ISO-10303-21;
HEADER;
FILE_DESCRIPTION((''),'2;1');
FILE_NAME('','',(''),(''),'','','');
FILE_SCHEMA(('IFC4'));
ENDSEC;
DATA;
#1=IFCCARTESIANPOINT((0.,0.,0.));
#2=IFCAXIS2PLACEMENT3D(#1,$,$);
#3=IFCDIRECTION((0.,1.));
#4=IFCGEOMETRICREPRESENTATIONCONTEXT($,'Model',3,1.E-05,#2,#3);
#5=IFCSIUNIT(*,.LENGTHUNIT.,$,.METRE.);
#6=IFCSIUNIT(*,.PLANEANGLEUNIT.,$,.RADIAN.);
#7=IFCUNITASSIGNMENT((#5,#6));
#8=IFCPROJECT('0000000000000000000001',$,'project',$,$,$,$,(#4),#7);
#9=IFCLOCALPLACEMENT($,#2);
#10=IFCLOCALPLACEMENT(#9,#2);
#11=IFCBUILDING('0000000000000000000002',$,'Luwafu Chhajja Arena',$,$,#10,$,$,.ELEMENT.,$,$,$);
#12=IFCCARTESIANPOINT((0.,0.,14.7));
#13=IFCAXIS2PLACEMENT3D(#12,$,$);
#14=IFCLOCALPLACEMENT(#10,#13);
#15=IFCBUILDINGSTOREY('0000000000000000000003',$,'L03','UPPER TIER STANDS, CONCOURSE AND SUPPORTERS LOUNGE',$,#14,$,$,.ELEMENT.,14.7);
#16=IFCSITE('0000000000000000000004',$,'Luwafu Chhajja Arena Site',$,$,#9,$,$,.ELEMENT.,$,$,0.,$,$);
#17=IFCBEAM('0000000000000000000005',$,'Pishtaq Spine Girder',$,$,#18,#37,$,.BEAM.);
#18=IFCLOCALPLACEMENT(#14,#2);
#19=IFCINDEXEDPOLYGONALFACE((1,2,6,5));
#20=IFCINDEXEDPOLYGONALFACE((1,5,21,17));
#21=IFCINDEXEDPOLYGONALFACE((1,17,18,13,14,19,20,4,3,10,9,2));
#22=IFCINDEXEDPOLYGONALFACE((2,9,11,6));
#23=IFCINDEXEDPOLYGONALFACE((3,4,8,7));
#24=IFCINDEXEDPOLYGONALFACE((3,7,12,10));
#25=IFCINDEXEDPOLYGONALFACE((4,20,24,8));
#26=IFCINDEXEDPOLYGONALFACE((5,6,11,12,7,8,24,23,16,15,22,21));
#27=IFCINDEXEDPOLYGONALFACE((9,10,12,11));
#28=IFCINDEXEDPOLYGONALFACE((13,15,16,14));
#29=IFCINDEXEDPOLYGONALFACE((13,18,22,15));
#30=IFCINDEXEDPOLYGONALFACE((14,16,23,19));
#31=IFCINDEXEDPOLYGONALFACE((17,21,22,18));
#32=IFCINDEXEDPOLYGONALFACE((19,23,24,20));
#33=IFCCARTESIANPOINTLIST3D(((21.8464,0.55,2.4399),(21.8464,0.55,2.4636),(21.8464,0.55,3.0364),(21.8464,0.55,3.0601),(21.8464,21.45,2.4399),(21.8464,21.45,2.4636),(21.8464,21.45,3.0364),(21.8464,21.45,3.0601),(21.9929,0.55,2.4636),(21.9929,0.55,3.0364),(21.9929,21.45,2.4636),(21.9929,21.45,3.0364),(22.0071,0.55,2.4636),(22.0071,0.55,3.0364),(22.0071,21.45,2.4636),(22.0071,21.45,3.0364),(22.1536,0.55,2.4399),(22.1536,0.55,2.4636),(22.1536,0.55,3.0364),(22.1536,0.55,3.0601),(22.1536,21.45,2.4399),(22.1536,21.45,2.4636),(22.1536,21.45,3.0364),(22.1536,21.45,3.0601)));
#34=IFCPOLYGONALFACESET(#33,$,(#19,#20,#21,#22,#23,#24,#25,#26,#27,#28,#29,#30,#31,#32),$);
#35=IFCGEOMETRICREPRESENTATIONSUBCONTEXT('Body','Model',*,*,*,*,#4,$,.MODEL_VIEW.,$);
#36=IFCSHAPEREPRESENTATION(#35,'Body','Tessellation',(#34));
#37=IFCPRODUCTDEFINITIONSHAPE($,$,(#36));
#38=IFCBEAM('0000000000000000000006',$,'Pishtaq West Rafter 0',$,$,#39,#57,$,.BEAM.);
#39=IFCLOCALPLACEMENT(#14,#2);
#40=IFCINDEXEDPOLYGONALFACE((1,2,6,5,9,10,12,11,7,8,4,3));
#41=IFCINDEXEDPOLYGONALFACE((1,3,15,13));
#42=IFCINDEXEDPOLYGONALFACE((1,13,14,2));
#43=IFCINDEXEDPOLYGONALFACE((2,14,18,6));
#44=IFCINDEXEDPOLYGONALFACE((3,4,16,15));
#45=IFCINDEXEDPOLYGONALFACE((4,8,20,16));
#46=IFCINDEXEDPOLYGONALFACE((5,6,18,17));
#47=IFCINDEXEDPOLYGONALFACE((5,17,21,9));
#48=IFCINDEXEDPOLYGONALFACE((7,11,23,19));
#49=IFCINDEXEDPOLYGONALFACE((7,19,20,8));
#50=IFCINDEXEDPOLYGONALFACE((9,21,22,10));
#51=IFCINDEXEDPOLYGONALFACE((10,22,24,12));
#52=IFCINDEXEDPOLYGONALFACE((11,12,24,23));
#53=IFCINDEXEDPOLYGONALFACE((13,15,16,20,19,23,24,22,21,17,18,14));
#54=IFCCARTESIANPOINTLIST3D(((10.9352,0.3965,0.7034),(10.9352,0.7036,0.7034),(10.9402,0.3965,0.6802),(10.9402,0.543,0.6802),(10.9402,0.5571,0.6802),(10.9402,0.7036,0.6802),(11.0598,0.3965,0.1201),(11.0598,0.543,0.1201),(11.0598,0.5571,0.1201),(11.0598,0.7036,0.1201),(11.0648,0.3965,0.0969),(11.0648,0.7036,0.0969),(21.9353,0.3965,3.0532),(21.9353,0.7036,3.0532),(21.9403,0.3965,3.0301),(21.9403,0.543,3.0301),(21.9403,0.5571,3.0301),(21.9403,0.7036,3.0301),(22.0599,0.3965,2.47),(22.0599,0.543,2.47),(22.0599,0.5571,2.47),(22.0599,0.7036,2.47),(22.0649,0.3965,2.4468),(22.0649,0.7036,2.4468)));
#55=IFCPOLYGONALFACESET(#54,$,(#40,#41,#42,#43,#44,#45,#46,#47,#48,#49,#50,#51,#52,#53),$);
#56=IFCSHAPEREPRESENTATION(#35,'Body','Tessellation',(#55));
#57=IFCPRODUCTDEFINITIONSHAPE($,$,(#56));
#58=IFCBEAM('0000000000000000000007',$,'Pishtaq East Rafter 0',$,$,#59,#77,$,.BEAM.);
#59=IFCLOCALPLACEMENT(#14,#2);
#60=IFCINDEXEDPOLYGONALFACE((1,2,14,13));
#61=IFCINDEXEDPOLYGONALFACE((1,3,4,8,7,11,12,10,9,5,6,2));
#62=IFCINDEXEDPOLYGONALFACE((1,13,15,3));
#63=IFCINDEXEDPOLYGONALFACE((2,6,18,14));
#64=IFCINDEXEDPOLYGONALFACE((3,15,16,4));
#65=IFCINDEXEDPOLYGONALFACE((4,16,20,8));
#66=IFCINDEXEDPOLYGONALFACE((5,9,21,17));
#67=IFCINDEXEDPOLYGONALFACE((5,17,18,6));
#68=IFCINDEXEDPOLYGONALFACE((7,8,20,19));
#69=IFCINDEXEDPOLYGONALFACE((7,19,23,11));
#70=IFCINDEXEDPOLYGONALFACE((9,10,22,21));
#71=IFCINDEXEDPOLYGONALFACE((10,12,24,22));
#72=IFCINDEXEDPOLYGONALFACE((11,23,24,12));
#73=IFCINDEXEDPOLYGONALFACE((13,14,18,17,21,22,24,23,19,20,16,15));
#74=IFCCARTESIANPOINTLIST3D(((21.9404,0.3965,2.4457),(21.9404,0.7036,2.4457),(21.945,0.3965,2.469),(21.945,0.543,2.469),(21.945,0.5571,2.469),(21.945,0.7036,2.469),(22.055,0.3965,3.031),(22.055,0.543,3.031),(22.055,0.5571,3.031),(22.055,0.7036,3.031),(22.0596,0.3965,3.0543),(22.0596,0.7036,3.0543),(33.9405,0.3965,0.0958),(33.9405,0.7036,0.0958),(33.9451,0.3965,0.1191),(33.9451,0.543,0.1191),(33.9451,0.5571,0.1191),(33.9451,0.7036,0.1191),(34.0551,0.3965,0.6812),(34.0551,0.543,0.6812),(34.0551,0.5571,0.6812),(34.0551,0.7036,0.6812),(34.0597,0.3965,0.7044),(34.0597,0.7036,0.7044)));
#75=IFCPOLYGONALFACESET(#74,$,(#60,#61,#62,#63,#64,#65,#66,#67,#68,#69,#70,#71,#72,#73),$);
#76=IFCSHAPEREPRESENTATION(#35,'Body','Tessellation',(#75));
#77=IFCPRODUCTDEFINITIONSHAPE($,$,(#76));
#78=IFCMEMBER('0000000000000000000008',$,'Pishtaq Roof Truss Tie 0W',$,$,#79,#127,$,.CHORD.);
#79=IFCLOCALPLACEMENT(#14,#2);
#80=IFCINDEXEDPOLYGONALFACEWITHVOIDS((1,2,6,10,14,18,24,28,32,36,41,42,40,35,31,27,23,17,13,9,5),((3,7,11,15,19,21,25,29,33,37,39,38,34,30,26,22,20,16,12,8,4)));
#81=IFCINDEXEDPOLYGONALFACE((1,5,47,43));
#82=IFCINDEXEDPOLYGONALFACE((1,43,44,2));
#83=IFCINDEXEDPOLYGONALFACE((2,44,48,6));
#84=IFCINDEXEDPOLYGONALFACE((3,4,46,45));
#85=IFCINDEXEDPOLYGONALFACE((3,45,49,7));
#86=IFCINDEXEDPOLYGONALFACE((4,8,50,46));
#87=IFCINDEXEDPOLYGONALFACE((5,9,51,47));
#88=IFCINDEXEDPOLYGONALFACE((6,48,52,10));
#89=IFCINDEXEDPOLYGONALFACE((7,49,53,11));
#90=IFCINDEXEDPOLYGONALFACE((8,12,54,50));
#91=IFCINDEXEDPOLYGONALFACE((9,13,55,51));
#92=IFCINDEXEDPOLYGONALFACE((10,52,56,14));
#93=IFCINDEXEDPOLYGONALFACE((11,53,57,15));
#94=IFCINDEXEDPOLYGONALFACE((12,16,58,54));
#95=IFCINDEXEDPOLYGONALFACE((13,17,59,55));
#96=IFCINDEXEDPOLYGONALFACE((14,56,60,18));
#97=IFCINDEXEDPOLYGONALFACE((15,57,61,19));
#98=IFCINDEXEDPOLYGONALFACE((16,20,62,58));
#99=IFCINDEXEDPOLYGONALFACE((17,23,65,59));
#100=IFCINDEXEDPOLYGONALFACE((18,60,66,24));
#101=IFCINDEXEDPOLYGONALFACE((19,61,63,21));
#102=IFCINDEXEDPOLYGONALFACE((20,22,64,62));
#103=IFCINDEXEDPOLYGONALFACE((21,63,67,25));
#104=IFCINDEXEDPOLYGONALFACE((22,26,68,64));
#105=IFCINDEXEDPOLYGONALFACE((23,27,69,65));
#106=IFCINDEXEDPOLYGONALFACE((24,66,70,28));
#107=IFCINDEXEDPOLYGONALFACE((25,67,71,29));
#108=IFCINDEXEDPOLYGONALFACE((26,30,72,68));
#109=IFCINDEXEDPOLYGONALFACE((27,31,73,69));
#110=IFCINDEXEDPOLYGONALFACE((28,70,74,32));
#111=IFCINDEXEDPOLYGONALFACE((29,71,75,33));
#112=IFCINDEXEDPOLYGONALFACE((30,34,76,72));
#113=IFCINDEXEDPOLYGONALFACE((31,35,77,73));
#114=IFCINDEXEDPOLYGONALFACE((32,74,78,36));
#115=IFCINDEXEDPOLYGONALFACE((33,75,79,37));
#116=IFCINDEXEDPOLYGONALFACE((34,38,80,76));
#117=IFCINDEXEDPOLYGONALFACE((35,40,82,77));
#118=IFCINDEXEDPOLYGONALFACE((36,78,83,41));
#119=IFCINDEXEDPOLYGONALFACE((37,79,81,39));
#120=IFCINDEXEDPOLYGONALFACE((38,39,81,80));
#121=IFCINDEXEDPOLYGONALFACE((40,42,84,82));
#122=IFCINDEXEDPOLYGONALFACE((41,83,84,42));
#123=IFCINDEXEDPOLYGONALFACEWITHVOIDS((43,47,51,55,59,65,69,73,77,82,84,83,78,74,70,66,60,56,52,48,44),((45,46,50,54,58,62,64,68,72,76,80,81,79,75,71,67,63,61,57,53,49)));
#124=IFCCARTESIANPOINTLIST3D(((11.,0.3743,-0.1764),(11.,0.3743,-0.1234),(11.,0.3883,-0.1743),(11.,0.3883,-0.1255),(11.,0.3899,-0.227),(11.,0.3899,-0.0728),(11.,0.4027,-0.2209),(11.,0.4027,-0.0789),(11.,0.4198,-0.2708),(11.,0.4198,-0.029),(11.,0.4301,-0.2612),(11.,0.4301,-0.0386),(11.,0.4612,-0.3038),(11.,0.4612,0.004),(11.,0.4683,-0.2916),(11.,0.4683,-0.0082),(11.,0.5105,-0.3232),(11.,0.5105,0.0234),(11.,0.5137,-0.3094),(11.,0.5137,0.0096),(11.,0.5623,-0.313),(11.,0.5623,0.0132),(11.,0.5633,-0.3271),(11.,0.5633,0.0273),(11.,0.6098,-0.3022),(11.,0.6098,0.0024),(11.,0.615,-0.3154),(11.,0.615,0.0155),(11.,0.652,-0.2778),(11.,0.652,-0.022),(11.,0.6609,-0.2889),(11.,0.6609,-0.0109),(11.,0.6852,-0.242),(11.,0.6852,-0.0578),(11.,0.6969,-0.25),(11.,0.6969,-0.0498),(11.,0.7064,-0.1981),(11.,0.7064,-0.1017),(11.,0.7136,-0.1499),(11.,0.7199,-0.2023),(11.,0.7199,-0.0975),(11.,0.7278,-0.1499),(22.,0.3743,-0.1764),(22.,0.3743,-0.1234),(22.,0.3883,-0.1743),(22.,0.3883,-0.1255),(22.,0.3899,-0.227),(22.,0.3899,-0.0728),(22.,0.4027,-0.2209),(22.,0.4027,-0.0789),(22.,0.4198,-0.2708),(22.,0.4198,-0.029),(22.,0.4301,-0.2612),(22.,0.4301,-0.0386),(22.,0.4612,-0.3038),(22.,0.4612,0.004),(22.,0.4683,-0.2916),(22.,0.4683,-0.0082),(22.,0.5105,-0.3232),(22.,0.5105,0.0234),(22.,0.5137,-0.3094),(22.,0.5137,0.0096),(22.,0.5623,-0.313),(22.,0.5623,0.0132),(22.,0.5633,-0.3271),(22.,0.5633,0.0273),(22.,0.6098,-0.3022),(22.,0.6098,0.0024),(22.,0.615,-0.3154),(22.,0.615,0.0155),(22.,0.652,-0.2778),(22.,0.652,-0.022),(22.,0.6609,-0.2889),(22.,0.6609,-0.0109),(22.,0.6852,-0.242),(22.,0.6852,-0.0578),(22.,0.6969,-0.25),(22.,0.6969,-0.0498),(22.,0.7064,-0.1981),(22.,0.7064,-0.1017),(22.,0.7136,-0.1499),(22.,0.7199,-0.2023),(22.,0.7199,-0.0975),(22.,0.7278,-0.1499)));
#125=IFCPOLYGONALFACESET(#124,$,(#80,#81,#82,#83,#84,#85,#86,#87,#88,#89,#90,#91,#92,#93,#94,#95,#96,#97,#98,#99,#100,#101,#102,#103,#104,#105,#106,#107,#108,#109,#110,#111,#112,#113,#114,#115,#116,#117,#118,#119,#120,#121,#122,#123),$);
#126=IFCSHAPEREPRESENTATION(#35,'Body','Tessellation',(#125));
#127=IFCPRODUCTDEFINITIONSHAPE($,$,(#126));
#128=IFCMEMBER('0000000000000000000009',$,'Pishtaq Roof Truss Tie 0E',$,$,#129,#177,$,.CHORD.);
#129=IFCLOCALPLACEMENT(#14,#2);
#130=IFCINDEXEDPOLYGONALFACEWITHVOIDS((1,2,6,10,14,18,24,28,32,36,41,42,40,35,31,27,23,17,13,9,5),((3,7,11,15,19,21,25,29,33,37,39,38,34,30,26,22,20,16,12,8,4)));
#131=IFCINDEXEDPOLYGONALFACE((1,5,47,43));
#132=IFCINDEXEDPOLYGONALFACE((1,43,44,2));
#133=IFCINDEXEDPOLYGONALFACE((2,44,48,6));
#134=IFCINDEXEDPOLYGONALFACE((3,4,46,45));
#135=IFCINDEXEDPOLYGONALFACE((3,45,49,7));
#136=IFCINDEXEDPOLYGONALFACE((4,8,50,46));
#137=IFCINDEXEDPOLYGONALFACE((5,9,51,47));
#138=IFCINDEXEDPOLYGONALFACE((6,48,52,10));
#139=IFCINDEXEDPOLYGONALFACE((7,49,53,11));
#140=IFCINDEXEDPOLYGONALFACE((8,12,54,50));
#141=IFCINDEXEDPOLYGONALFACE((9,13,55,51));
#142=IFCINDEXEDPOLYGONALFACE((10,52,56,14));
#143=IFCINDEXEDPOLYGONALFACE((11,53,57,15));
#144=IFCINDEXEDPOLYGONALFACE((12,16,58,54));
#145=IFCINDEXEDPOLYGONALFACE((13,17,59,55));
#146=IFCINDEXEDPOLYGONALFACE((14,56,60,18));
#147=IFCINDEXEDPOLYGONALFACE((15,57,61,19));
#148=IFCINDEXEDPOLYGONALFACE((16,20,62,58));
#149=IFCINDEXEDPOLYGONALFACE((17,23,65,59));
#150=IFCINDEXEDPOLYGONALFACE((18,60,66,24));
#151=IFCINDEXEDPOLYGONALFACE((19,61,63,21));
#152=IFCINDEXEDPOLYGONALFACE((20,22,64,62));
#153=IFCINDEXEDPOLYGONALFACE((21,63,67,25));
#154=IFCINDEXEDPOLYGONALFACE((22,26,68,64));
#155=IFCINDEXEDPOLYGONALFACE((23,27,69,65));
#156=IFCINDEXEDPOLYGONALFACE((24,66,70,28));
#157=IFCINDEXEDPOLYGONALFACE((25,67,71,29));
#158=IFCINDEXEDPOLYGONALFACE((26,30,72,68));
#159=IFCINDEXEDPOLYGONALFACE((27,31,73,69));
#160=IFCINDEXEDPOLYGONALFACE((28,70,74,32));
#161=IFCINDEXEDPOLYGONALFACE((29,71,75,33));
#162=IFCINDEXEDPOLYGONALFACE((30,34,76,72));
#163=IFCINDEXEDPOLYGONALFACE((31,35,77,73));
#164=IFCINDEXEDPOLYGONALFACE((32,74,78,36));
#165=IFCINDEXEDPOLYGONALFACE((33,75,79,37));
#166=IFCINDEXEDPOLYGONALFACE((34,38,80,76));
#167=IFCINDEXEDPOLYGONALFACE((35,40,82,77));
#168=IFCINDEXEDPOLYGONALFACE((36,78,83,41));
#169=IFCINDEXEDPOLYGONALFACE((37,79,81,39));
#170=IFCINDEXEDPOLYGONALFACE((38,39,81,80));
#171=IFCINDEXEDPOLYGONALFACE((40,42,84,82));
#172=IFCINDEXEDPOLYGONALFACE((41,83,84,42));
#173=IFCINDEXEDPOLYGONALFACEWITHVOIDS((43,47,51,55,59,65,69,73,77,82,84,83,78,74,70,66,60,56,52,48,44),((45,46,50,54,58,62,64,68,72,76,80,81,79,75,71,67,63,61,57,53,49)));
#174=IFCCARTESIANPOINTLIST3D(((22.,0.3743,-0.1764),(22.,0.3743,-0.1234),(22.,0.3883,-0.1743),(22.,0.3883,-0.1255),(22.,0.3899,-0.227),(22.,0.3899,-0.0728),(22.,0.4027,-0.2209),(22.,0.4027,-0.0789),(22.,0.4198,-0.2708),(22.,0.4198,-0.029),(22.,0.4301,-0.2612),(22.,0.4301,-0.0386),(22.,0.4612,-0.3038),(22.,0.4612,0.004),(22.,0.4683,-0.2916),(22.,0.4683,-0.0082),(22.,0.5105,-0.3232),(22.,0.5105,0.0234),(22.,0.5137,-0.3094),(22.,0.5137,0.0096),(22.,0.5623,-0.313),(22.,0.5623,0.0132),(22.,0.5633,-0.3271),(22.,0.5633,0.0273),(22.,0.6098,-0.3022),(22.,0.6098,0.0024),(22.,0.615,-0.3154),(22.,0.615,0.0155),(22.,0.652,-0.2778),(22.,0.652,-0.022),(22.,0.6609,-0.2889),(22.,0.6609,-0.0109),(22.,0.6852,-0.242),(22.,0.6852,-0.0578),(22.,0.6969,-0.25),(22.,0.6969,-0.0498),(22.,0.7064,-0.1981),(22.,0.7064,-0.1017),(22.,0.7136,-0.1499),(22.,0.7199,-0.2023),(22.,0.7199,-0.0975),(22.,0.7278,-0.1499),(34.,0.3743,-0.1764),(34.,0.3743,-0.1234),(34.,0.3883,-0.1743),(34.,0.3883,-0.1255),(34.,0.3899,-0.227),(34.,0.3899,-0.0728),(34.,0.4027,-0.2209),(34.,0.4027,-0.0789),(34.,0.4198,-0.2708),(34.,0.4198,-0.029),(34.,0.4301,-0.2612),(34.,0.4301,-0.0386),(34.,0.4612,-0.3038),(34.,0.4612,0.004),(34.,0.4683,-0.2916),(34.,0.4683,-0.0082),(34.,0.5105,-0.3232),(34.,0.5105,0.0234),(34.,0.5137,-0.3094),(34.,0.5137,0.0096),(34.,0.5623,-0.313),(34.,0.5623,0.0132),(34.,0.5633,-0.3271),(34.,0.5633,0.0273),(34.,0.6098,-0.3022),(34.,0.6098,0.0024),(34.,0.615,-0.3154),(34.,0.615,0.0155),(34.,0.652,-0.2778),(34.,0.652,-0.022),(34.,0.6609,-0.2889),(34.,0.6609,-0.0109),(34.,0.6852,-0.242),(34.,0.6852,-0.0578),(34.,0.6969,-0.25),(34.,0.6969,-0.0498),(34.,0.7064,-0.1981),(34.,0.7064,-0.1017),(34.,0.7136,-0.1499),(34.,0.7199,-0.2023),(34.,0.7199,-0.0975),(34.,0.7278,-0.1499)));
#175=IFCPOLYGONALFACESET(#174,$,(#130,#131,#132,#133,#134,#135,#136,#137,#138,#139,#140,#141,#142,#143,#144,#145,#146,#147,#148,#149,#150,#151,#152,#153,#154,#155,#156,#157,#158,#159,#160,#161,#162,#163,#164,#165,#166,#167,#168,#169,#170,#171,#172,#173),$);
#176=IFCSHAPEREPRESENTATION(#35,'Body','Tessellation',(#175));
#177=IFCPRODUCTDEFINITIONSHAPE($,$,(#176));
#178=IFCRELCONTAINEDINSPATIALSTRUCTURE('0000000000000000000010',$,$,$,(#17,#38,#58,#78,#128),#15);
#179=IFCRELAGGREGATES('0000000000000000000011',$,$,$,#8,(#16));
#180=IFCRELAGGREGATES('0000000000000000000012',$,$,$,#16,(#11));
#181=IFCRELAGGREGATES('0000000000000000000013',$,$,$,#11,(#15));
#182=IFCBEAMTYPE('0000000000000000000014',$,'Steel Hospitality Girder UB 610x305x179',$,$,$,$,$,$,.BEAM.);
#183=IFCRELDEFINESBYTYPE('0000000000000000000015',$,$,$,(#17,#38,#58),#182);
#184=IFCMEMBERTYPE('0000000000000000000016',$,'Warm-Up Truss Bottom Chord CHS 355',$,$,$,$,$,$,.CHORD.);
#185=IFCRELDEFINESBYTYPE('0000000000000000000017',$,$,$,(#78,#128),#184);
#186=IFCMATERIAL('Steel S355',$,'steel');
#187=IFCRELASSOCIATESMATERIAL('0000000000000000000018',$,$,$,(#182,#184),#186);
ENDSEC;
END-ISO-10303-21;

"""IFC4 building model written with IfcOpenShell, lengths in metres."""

from ifc_helpers import new_model, si_unit, direction, frame, origin, origin_2d, place, context, subcontext, project, spatial, hollow_circle, i_section, extrude, material, material_profile, profile_set, type_object, element, save


model = new_model("IFC4")

# Units and contexts
model_context = context("Model", 3, precision=1e-05, world=origin(), true_north=direction((0.0, 1.0)))
body_context = subcontext(model_context, "Body", "Model", "MODEL_VIEW")
ifc_project = project(units=[si_unit("LENGTHUNIT", "METRE"), si_unit("PLANEANGLEUNIT", "RADIAN")], contexts=[model_context])

# Site, building, storey
site_placement = place(None, origin())
site = spatial("IfcSite", under=ifc_project, at=site_placement, Name="Luwafu Chhajja Arena Site", CompositionType="ELEMENT", RefElevation=0.0)
building_placement = place(site_placement, origin())
building = spatial("IfcBuilding", under=site, at=building_placement, Name="Luwafu Chhajja Arena", CompositionType="ELEMENT")
storey_placement = place(building_placement, frame((0.0, 0.0, 14.7)))
storey = spatial("IfcBuildingStorey", under=building, at=storey_placement, Name="L03", Description="UPPER TIER STANDS, CONCOURSE AND SUPPORTERS LOUNGE", CompositionType="ELEMENT", Elevation=14.7)

# Shared definitions
ifc_material_1 = material(Name="Steel S355", Category="steel")

# Beams
ifc_material_profile_1 = material_profile(ifc_material_1, i_section(OverallWidth=0.3071, OverallDepth=0.6201, WebThickness=0.0142, FlangeThickness=0.0237, at=origin_2d()), Name="UB 610x305x179")
ifc_profile_set_1 = profile_set([ifc_material_profile_1], Name="Steel S355")
beam_type_1 = type_object("IfcBeamType", Name="Steel Hospitality Girder UB 610x305x179", PredefinedType="BEAM", material=ifc_profile_set_1)
beam_1_placement = place(storey_placement, frame((22.0, 0.55, 2.75), z_axis=(0.0, 1.0, 0.0), x_axis=(-1.0, 0.0, 0.0)))
element("IfcBeam", 1, at=beam_1_placement, inside=storey, type_object=beam_type_1, Name="Pishtaq Spine Girder", PredefinedType="BEAM", context=body_context, shape_type="SweptSolid", body=[
    extrude(i_section(OverallWidth=0.3071, OverallDepth=0.6201, WebThickness=0.0142, FlangeThickness=0.0237, at=origin_2d()), origin(), (0.0, 0.0, 1.0), 20.8999),
])
beam_2_placement = place(storey_placement, frame((11.0, 0.55, 0.4001), z_axis=(0.977935, 0.0, 0.208909), x_axis=(0.0, 1.0, 0.0)))
element("IfcBeam", 2, at=beam_2_placement, inside=storey, type_object=beam_type_1, Name="Pishtaq West Rafter 0", PredefinedType="BEAM", context=body_context, shape_type="SweptSolid", body=[
    extrude(i_section(OverallWidth=0.3071, OverallDepth=0.6201, WebThickness=0.0142, FlangeThickness=0.0237, at=origin_2d()), origin(), (0.0, 0.0, 1.0), 11.2483),
])
beam_3_placement = place(storey_placement, frame((22.0, 0.55, 2.75), z_axis=(0.981361, 0.0, -0.192171), x_axis=(0.0, 1.0, 0.0)))
element("IfcBeam", 3, at=beam_3_placement, inside=storey, type_object=beam_type_1, Name="Pishtaq East Rafter 0", PredefinedType="BEAM", context=body_context, shape_type="SweptSolid", body=[
    extrude(i_section(OverallWidth=0.3071, OverallDepth=0.6201, WebThickness=0.0142, FlangeThickness=0.0237, at=origin_2d()), origin(), (0.0, 0.0, 1.0), 12.228),
])

# Members
ifc_material_profile_2 = material_profile(ifc_material_1, hollow_circle(Radius=0.1777, WallThickness=0.0142, at=origin_2d()), Name="CHS 355.6x14.2")
ifc_profile_set_2 = profile_set([ifc_material_profile_2], Name="Steel S355")
member_type_1 = type_object("IfcMemberType", Name="Warm-Up Truss Bottom Chord CHS 355", PredefinedType="CHORD", material=ifc_profile_set_2)
member_1_placement = place(storey_placement, frame((11.0, 0.55, -0.1499), z_axis=(1.0, 0.0, 0.0), x_axis=(0.0, 1.0, 0.0)))
element("IfcMember", 4, at=member_1_placement, inside=storey, type_object=member_type_1, Name="Pishtaq Roof Truss Tie 0W", PredefinedType="CHORD", context=body_context, shape_type="SweptSolid", body=[
    extrude(hollow_circle(Radius=0.1777, WallThickness=0.0142, at=origin_2d()), origin(), (0.0, 0.0, 1.0), 11.0),
])
member_2_placement = place(storey_placement, frame((22.0, 0.55, -0.1499), z_axis=(1.0, 0.0, 0.0), x_axis=(0.0, 1.0, 0.0)))
element("IfcMember", 5, at=member_2_placement, inside=storey, type_object=member_type_1, Name="Pishtaq Roof Truss Tie 0E", PredefinedType="CHORD", context=body_context, shape_type="SweptSolid", body=[
    extrude(hollow_circle(Radius=0.1777, WallThickness=0.0142, at=origin_2d()), origin(), (0.0, 0.0, 1.0), 12.0),
])

save(model, "model.ifc")
